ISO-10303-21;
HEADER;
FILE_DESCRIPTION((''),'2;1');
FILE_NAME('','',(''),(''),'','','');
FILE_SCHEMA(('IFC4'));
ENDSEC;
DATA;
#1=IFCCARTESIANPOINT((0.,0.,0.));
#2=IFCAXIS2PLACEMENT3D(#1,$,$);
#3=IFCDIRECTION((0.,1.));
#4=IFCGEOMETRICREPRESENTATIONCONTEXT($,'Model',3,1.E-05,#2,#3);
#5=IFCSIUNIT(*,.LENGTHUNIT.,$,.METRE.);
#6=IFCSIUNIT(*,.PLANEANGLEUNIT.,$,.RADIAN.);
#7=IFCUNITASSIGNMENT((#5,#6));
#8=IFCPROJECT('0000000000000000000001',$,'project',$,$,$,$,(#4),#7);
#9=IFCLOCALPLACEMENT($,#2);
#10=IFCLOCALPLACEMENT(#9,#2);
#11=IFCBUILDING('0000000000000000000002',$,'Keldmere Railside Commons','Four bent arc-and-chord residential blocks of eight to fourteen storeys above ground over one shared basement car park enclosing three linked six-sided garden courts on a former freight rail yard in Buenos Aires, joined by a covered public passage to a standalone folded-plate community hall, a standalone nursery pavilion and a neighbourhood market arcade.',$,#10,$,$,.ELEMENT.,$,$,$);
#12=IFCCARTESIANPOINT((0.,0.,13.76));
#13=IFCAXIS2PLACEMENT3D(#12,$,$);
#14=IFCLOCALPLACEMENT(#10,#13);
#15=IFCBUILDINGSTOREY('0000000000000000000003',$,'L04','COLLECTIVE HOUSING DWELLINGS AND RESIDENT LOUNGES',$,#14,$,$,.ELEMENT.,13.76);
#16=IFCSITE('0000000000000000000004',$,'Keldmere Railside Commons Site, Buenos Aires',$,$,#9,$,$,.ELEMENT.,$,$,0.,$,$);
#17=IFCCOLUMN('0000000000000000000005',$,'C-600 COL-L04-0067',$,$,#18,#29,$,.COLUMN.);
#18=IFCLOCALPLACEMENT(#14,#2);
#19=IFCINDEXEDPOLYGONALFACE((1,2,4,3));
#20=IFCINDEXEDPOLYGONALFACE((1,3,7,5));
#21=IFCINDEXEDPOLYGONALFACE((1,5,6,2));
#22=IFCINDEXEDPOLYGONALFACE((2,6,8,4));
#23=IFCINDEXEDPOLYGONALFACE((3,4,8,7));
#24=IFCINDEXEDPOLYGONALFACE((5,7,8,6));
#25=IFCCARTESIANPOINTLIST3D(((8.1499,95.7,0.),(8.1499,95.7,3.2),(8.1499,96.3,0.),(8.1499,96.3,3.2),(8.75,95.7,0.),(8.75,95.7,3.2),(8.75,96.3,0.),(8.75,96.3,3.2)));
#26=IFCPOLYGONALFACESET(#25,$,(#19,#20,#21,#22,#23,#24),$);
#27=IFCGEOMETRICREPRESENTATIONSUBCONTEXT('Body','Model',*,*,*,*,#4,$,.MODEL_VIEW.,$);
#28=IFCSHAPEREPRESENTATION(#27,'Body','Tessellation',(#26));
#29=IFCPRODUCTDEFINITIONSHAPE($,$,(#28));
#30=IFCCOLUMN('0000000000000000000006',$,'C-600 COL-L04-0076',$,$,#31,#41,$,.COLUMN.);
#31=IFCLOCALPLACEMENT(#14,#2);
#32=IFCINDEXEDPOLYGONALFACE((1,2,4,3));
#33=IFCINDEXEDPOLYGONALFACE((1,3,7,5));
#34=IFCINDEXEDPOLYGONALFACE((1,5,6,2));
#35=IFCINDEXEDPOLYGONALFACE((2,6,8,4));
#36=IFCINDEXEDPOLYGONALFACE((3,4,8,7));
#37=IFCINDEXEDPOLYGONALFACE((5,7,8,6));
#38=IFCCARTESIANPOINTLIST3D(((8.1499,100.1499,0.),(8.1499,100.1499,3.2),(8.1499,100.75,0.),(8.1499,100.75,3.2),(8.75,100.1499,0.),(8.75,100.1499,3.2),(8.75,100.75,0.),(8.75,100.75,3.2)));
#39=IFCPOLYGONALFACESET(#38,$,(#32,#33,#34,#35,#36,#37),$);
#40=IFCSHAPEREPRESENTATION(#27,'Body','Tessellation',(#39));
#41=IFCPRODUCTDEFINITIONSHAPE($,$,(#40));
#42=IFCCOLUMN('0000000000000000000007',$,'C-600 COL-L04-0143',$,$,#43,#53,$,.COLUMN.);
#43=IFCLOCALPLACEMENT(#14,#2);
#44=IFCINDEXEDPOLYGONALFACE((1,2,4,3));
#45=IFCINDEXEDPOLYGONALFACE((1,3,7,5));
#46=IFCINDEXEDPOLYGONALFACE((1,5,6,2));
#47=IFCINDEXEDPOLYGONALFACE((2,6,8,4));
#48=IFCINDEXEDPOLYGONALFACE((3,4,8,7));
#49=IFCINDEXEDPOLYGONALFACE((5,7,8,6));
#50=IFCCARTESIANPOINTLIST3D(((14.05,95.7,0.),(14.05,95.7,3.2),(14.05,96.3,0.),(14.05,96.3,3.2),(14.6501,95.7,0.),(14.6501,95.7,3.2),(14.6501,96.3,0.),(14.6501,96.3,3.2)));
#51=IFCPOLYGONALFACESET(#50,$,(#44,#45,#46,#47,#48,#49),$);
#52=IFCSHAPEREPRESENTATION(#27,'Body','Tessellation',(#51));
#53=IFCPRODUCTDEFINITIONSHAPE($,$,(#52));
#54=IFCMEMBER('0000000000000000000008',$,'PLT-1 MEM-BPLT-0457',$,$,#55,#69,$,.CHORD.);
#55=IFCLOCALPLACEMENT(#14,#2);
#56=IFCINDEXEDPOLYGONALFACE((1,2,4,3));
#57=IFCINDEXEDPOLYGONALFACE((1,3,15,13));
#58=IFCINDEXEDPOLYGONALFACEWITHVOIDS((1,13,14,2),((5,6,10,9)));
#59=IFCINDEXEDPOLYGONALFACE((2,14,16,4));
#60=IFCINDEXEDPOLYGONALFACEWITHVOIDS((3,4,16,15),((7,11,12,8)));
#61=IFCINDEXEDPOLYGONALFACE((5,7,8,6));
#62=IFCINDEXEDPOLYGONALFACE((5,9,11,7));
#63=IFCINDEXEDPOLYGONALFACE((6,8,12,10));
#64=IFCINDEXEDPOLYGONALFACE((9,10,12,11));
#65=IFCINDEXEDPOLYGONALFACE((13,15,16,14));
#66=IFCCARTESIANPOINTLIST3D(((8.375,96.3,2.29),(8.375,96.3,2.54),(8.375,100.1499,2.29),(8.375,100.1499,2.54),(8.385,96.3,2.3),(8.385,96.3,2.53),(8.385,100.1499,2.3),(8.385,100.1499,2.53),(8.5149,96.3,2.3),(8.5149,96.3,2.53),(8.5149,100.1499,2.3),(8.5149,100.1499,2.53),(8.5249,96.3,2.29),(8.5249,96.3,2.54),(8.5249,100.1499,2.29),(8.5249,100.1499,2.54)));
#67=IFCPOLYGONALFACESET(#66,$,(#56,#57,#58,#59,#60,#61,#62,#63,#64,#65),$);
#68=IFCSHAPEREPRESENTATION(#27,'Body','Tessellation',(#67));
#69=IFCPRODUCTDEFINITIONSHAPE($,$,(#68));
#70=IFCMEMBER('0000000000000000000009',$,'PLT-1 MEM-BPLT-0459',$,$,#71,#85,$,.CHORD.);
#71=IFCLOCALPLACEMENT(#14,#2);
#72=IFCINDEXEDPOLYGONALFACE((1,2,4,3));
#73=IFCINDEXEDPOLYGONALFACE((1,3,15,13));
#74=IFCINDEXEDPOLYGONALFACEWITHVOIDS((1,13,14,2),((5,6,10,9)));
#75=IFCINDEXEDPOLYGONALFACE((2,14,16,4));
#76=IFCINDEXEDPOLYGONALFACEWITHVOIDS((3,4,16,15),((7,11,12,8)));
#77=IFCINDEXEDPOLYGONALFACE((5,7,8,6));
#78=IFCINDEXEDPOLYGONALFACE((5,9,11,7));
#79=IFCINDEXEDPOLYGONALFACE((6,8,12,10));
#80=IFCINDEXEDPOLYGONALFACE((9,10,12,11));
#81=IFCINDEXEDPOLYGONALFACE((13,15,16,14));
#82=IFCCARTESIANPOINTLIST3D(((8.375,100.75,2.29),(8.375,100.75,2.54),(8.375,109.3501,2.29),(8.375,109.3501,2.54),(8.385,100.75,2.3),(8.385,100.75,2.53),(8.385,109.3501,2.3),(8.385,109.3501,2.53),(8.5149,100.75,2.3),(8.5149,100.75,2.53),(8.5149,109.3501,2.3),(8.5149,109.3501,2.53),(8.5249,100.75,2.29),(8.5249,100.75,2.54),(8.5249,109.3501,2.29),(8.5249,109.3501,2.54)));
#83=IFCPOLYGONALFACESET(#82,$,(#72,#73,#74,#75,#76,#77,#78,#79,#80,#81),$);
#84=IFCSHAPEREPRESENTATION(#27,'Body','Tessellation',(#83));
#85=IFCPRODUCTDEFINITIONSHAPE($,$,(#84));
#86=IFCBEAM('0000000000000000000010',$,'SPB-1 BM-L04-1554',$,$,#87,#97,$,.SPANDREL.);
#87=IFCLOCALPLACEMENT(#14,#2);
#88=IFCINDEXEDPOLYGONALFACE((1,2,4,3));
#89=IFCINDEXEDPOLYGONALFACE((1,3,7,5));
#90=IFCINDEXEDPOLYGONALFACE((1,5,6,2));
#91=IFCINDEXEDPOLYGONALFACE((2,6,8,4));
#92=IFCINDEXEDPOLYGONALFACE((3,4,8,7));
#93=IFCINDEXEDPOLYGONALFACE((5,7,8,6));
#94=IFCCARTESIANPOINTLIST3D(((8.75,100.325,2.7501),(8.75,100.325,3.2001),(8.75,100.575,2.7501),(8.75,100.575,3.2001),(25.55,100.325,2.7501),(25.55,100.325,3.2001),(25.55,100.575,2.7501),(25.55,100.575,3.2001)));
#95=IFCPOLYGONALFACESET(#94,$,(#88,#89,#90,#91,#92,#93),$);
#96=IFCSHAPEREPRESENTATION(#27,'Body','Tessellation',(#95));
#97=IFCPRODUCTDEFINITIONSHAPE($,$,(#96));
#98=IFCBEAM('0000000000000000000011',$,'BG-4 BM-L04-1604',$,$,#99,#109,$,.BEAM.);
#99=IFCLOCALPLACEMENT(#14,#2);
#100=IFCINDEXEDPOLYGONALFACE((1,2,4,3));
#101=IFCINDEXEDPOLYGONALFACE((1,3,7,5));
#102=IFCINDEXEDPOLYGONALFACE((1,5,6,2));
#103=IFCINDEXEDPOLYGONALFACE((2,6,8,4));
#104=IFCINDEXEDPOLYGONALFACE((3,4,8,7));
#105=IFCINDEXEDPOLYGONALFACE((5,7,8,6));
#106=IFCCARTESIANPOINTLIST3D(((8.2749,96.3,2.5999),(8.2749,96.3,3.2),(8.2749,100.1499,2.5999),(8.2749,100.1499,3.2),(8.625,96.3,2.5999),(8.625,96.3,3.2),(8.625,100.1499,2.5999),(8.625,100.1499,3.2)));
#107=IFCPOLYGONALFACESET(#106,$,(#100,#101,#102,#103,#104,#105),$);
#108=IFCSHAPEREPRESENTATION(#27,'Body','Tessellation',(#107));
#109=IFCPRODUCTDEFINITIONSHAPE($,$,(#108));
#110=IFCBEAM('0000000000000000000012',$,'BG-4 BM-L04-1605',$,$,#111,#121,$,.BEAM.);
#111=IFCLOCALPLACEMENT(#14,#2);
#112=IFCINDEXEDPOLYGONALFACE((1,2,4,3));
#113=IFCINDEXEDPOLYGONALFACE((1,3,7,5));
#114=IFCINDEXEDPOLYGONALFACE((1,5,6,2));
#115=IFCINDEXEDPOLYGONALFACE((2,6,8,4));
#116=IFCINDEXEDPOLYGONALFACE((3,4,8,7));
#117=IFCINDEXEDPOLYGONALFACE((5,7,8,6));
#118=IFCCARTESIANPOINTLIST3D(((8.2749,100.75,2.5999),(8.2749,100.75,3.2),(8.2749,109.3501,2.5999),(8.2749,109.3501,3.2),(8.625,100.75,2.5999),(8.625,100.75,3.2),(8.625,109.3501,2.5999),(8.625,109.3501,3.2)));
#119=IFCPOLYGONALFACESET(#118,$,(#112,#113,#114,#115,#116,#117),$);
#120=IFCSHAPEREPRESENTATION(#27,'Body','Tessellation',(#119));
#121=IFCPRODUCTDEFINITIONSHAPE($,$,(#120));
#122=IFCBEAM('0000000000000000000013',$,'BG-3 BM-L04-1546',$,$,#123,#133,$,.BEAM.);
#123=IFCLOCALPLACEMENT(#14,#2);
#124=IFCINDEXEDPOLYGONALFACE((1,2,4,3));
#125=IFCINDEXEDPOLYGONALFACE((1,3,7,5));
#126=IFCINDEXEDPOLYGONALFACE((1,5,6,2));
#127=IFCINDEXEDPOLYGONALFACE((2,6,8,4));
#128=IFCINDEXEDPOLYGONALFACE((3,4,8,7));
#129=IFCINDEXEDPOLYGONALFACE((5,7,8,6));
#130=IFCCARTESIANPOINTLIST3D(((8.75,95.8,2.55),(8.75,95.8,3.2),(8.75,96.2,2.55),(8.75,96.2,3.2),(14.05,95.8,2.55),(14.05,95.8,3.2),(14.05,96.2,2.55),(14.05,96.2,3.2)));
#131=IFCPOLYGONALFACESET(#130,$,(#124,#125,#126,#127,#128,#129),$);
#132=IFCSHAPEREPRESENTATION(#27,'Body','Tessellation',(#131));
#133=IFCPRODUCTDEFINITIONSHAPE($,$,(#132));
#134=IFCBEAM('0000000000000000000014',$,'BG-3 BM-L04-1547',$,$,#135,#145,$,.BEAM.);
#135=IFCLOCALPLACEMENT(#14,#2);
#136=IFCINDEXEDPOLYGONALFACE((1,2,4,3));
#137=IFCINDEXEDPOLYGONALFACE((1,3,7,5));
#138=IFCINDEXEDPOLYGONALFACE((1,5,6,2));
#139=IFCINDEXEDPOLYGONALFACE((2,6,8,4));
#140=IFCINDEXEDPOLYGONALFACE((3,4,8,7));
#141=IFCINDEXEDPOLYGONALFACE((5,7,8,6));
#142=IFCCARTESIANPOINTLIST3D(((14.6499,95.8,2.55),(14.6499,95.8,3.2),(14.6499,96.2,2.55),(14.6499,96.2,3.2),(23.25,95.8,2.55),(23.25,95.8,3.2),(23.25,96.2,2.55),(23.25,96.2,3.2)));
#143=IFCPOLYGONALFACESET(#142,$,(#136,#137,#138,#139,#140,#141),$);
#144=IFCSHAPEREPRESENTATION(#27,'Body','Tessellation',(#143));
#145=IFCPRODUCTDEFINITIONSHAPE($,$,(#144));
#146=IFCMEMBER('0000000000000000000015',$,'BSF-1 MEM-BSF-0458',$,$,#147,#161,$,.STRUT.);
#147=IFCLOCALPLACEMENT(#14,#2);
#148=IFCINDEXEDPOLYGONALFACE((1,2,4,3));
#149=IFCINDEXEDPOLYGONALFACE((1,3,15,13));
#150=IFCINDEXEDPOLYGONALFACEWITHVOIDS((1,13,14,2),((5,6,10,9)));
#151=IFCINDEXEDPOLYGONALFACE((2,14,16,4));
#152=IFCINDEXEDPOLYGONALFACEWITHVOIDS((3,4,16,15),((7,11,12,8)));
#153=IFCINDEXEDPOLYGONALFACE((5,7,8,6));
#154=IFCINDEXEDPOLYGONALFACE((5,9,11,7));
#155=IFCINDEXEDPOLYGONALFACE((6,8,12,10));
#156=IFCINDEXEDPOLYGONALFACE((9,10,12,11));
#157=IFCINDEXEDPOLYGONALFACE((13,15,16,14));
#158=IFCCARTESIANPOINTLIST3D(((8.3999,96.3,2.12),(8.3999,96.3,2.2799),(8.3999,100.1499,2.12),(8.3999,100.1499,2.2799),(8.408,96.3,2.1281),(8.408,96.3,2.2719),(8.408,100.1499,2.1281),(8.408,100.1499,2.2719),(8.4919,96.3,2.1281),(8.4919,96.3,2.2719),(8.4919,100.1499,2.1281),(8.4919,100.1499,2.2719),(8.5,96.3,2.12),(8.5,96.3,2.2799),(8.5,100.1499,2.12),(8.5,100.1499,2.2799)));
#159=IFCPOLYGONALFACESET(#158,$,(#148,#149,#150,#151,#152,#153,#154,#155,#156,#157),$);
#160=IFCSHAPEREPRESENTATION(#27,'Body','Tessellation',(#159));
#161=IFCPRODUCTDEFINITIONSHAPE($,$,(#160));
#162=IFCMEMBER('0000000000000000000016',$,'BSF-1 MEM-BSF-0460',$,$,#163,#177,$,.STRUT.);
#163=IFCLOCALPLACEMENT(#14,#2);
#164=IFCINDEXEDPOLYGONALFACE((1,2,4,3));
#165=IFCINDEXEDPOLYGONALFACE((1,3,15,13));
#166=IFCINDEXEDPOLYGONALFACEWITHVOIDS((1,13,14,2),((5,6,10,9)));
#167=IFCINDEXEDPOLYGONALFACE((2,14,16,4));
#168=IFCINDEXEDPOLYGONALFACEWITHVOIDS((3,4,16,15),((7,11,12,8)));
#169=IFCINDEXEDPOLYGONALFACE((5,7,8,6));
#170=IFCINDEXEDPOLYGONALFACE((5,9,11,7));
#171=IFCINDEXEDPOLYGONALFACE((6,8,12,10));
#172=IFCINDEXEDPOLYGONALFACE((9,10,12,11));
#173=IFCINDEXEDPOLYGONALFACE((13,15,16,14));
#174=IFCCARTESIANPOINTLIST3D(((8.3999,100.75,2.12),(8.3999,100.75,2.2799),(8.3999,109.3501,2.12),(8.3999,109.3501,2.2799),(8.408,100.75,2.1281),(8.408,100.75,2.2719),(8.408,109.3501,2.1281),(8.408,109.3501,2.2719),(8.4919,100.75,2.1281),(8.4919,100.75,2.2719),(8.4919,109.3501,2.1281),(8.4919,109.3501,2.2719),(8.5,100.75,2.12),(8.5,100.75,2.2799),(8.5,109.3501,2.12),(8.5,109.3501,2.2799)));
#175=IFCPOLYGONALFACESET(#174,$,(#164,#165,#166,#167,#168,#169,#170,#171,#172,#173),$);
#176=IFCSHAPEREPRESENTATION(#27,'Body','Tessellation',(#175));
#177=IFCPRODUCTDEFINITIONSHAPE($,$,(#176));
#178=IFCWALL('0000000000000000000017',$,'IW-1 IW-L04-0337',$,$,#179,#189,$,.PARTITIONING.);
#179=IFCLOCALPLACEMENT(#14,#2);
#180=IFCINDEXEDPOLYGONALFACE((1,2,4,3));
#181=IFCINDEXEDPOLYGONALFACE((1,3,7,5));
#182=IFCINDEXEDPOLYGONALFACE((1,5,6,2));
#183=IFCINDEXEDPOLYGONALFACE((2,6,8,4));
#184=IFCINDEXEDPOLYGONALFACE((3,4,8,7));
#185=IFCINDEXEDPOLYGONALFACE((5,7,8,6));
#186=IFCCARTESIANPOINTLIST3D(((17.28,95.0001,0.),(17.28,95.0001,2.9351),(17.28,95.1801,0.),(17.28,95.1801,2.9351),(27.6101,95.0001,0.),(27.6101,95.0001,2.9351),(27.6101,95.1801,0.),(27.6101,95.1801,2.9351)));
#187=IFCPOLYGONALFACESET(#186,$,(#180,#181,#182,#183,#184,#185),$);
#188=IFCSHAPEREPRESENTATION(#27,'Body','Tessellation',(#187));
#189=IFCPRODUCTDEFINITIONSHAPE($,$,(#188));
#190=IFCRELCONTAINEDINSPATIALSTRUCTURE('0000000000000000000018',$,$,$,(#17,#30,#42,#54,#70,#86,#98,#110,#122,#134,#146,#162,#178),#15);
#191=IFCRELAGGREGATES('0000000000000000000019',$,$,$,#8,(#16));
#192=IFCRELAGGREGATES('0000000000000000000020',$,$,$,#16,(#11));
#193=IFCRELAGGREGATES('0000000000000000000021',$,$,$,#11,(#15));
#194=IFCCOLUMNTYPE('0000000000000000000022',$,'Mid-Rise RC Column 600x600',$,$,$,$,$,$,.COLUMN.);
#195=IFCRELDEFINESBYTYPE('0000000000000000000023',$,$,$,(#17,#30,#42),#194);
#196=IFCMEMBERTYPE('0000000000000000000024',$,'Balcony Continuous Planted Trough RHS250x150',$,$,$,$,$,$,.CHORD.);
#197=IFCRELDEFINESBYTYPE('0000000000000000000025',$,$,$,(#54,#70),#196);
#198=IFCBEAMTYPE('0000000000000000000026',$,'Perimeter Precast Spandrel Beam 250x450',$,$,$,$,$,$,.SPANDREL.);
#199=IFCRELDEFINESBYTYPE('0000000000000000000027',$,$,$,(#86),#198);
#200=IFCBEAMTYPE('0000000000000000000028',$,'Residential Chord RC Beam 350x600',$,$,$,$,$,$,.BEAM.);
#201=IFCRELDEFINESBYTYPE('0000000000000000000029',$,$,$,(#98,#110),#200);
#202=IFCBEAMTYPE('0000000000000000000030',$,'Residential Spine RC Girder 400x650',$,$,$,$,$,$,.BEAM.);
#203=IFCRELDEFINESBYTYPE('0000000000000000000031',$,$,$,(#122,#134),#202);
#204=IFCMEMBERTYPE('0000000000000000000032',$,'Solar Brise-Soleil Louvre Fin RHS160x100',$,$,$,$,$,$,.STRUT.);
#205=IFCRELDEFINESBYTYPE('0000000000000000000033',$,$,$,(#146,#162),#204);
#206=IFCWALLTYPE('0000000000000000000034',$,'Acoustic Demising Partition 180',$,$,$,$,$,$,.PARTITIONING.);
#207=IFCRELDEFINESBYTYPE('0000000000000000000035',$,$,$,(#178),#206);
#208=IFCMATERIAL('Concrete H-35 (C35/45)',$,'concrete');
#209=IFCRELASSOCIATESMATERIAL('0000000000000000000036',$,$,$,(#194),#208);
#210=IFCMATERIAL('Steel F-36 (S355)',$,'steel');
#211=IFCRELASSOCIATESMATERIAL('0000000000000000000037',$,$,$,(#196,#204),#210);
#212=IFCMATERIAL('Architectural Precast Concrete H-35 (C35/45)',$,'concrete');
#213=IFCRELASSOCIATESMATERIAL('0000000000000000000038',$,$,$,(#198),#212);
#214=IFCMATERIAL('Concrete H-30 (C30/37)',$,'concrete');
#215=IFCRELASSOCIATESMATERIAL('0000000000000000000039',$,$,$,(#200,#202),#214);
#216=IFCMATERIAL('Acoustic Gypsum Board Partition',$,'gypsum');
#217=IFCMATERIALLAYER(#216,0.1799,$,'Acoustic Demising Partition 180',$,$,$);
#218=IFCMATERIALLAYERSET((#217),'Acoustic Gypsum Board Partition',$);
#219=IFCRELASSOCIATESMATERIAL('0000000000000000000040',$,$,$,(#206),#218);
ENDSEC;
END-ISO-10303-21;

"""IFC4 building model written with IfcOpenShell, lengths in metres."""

from ifc_helpers import new_model, si_unit, direction, frame, frame_2d, origin, origin_2d, place, context, subcontext, project, spatial, rectangle, hollow_rectangle, extrude, material, layer, layer_set, material_profile, profile_set, type_object, element, save


model = new_model("IFC4")

# Units and contexts
model_context = context("Model", 3, precision=1e-05, world=origin(), true_north=direction((0.0, 1.0)))
body_context = subcontext(model_context, "Body", "Model", "MODEL_VIEW")
ifc_project = project(units=[si_unit("LENGTHUNIT", "METRE"), si_unit("PLANEANGLEUNIT", "RADIAN")], contexts=[model_context])

# Site, building, storey
site_placement = place(None, origin())
site = spatial("IfcSite", under=ifc_project, at=site_placement, Name="Keldmere Railside Commons Site, Buenos Aires", CompositionType="ELEMENT", RefElevation=0.0)
building_placement = place(site_placement, origin())
building = spatial("IfcBuilding", under=site, at=building_placement, Name="Keldmere Railside Commons", Description="Four bent arc-and-chord residential blocks of eight to fourteen storeys above ground over one shared basement car park enclosing three linked six-sided garden courts on a former freight rail yard in Buenos Aires, joined by a covered public passage to a standalone folded-plate community hall, a standalone nursery pavilion and a neighbourhood market arcade.", CompositionType="ELEMENT")
storey_placement = place(building_placement, frame((0.0, 0.0, 13.76)))
storey = spatial("IfcBuildingStorey", under=building, at=storey_placement, Name="L04", Description="COLLECTIVE HOUSING DWELLINGS AND RESIDENT LOUNGES", CompositionType="ELEMENT", Elevation=13.76)

# Columns
ifc_material_1 = material(Name="Concrete H-35 (C35/45)", Category="concrete")
ifc_material_profile_1 = material_profile(ifc_material_1, rectangle(XDim=0.6001, YDim=0.6001, at=origin_2d()), Name="RC-600x600")
ifc_profile_set_1 = profile_set([ifc_material_profile_1], Name="Concrete H-35 (C35/45)")
column_type = type_object("IfcColumnType", Name="Mid-Rise RC Column 600x600", PredefinedType="COLUMN", material=ifc_profile_set_1)
for number, where, z_axis, x_axis, name in (
    (1, (8.45, 96.0, 0.0), (0.0, 0.0, 1.0), (1.0, 0.0, 0.0), "C-600 COL-L04-0067"),
    (2, (8.45, 100.45, 0.0), (0.0, 0.0, 1.0), (1.0, 0.0, 0.0), "C-600 COL-L04-0076"),
    (3, (14.3501, 96.0, 0.0), (0.0, 0.0, 1.0), (1.0, 0.0, 0.0), "C-600 COL-L04-0143"),
):
    element("IfcColumn", number, at=place(storey_placement, frame(where, z_axis=z_axis, x_axis=x_axis)), inside=storey, type_object=column_type, Name=name, PredefinedType="COLUMN", context=body_context, shape_type="SweptSolid", body=[
        extrude(rectangle(XDim=0.6001, YDim=0.6001, at=origin_2d()), origin(), (0.0, 0.0, 1.0), 3.2),
    ])

# Members
ifc_material_2 = material(Name="Steel F-36 (S355)", Category="steel")
ifc_material_profile_2 = material_profile(ifc_material_2, hollow_rectangle(XDim=0.1499, YDim=0.25, WallThickness=0.01, at=origin_2d()), Name="RHS-250x150x10")
ifc_profile_set_2 = profile_set([ifc_material_profile_2], Name="Steel F-36 (S355)")
member_type_1 = type_object("IfcMemberType", Name="Balcony Continuous Planted Trough RHS250x150", PredefinedType="CHORD", material=ifc_profile_set_2)
member_1_placement = place(storey_placement, frame((8.45, 96.3, 2.415), z_axis=(0.0, 1.0, 0.0), x_axis=(-1.0, 0.0, 0.0)))
element("IfcMember", 4, at=member_1_placement, inside=storey, type_object=member_type_1, Name="PLT-1 MEM-BPLT-0457", PredefinedType="CHORD", context=body_context, shape_type="SweptSolid", body=[
    extrude(hollow_rectangle(XDim=0.1499, YDim=0.25, WallThickness=0.01, at=origin_2d()), origin(), (0.0, 0.0, 1.0), 3.8499),
])
member_2_placement = place(storey_placement, frame((8.45, 100.75, 2.415), z_axis=(0.0, 1.0, 0.0), x_axis=(-1.0, 0.0, 0.0)))
element("IfcMember", 5, at=member_2_placement, inside=storey, type_object=member_type_1, Name="PLT-1 MEM-BPLT-0459", PredefinedType="CHORD", context=body_context, shape_type="SweptSolid", body=[
    extrude(hollow_rectangle(XDim=0.1499, YDim=0.25, WallThickness=0.01, at=origin_2d()), origin(), (0.0, 0.0, 1.0), 8.6001),
])

# Beams
ifc_material_3 = material(Name="Architectural Precast Concrete H-35 (C35/45)", Category="concrete")
ifc_material_profile_3 = material_profile(ifc_material_3, rectangle(XDim=0.25, YDim=0.45, at=origin_2d()), Name="RC-250x450")
ifc_profile_set_3 = profile_set([ifc_material_profile_3], Name="Architectural Precast Concrete H-35 (C35/45)")
beam_type_1 = type_object("IfcBeamType", Name="Perimeter Precast Spandrel Beam 250x450", PredefinedType="SPANDREL", material=ifc_profile_set_3)
beam_1_placement = place(storey_placement, frame((8.75, 100.45, 2.9751), z_axis=(1.0, 0.0, 0.0), x_axis=(0.0, 1.0, 0.0)))
element("IfcBeam", 6, at=beam_1_placement, inside=storey, type_object=beam_type_1, Name="SPB-1 BM-L04-1554", PredefinedType="SPANDREL", context=body_context, shape_type="SweptSolid", body=[
    extrude(rectangle(XDim=0.25, YDim=0.45, at=origin_2d()), origin(), (0.0, 0.0, 1.0), 16.8),
])
ifc_material_4 = material(Name="Concrete H-30 (C30/37)", Category="concrete")
ifc_material_profile_4 = material_profile(ifc_material_4, rectangle(XDim=0.3501, YDim=0.6001, at=origin_2d()), Name="RC-350x600")
ifc_profile_set_4 = profile_set([ifc_material_profile_4], Name="Concrete H-30 (C30/37)")
beam_type_2 = type_object("IfcBeamType", Name="Residential Chord RC Beam 350x600", PredefinedType="BEAM", material=ifc_profile_set_4)
beam_2_placement = place(storey_placement, frame((8.45, 96.3, 2.8999), z_axis=(0.0, 1.0, 0.0), x_axis=(-1.0, 0.0, 0.0)))
element("IfcBeam", 7, at=beam_2_placement, inside=storey, type_object=beam_type_2, Name="BG-4 BM-L04-1604", PredefinedType="BEAM", context=body_context, shape_type="SweptSolid", body=[
    extrude(rectangle(XDim=0.3501, YDim=0.6001, at=origin_2d()), origin(), (0.0, 0.0, 1.0), 3.8499),
])
beam_3_placement = place(storey_placement, frame((8.45, 100.75, 2.8999), z_axis=(0.0, 1.0, 0.0), x_axis=(-1.0, 0.0, 0.0)))
element("IfcBeam", 8, at=beam_3_placement, inside=storey, type_object=beam_type_2, Name="BG-4 BM-L04-1605", PredefinedType="BEAM", context=body_context, shape_type="SweptSolid", body=[
    extrude(rectangle(XDim=0.3501, YDim=0.6001, at=origin_2d()), origin(), (0.0, 0.0, 1.0), 8.6001),
])
ifc_material_profile_5 = material_profile(ifc_material_4, rectangle(XDim=0.3999, YDim=0.6499, at=origin_2d()), Name="RC-400x650")
ifc_profile_set_5 = profile_set([ifc_material_profile_5], Name="Concrete H-30 (C30/37)")
beam_type_3 = type_object("IfcBeamType", Name="Residential Spine RC Girder 400x650", PredefinedType="BEAM", material=ifc_profile_set_5)
beam_4_placement = place(storey_placement, frame((8.75, 96.0, 2.875), z_axis=(1.0, 0.0, 0.0), x_axis=(0.0, 1.0, 0.0)))
element("IfcBeam", 9, at=beam_4_placement, inside=storey, type_object=beam_type_3, Name="BG-3 BM-L04-1546", PredefinedType="BEAM", context=body_context, shape_type="SweptSolid", body=[
    extrude(rectangle(XDim=0.3999, YDim=0.6499, at=origin_2d()), origin(), (0.0, 0.0, 1.0), 5.3),
])
beam_5_placement = place(storey_placement, frame((14.6499, 96.0, 2.875), z_axis=(1.0, 0.0, 0.0), x_axis=(0.0, 1.0, 0.0)))
element("IfcBeam", 10, at=beam_5_placement, inside=storey, type_object=beam_type_3, Name="BG-3 BM-L04-1547", PredefinedType="BEAM", context=body_context, shape_type="SweptSolid", body=[
    extrude(rectangle(XDim=0.3999, YDim=0.6499, at=origin_2d()), origin(), (0.0, 0.0, 1.0), 8.6001),
])

# Members
ifc_material_profile_6 = material_profile(ifc_material_2, hollow_rectangle(XDim=0.1001, YDim=0.1599, WallThickness=0.0081, at=origin_2d()), Name="RHS-160x100x8")
ifc_profile_set_6 = profile_set([ifc_material_profile_6], Name="Steel F-36 (S355)")
member_type_2 = type_object("IfcMemberType", Name="Solar Brise-Soleil Louvre Fin RHS160x100", PredefinedType="STRUT", material=ifc_profile_set_6)
member_3_placement = place(storey_placement, frame((8.45, 96.3, 2.2), z_axis=(0.0, 1.0, 0.0), x_axis=(-1.0, 0.0, 0.0)))
element("IfcMember", 11, at=member_3_placement, inside=storey, type_object=member_type_2, Name="BSF-1 MEM-BSF-0458", PredefinedType="STRUT", context=body_context, shape_type="SweptSolid", body=[
    extrude(hollow_rectangle(XDim=0.1001, YDim=0.1599, WallThickness=0.0081, at=origin_2d()), origin(), (0.0, 0.0, 1.0), 3.8499),
])
member_4_placement = place(storey_placement, frame((8.45, 100.75, 2.2), z_axis=(0.0, 1.0, 0.0), x_axis=(-1.0, 0.0, 0.0)))
element("IfcMember", 12, at=member_4_placement, inside=storey, type_object=member_type_2, Name="BSF-1 MEM-BSF-0460", PredefinedType="STRUT", context=body_context, shape_type="SweptSolid", body=[
    extrude(hollow_rectangle(XDim=0.1001, YDim=0.1599, WallThickness=0.0081, at=origin_2d()), origin(), (0.0, 0.0, 1.0), 8.6001),
])

# Wall
ifc_material_5 = material(Name="Acoustic Gypsum Board Partition", Category="gypsum")
ifc_layer_1 = layer(ifc_material_5, 0.1799, Name="Acoustic Demising Partition 180")
ifc_layer_set_1 = layer_set([ifc_layer_1], Name="Acoustic Gypsum Board Partition")
wall_type_1 = type_object("IfcWallType", Name="Acoustic Demising Partition 180", PredefinedType="PARTITIONING", material=ifc_layer_set_1)
wall_1_placement = place(storey_placement, frame((17.28, 95.0901, 0.0), z_axis=(0.0, 0.0, 1.0), x_axis=(1.0, 0.0, 0.0)))
element("IfcWall", 13, at=wall_1_placement, inside=storey, type_object=wall_type_1, Name="IW-1 IW-L04-0337", PredefinedType="PARTITIONING", context=body_context, shape_type="SweptSolid", body=[
    extrude(rectangle(XDim=10.3301, YDim=0.1799, at=frame_2d((5.165, 0.0))), origin(), (0.0, 0.0, 1.0), 2.9351),
])

save(model, "model.ifc")
